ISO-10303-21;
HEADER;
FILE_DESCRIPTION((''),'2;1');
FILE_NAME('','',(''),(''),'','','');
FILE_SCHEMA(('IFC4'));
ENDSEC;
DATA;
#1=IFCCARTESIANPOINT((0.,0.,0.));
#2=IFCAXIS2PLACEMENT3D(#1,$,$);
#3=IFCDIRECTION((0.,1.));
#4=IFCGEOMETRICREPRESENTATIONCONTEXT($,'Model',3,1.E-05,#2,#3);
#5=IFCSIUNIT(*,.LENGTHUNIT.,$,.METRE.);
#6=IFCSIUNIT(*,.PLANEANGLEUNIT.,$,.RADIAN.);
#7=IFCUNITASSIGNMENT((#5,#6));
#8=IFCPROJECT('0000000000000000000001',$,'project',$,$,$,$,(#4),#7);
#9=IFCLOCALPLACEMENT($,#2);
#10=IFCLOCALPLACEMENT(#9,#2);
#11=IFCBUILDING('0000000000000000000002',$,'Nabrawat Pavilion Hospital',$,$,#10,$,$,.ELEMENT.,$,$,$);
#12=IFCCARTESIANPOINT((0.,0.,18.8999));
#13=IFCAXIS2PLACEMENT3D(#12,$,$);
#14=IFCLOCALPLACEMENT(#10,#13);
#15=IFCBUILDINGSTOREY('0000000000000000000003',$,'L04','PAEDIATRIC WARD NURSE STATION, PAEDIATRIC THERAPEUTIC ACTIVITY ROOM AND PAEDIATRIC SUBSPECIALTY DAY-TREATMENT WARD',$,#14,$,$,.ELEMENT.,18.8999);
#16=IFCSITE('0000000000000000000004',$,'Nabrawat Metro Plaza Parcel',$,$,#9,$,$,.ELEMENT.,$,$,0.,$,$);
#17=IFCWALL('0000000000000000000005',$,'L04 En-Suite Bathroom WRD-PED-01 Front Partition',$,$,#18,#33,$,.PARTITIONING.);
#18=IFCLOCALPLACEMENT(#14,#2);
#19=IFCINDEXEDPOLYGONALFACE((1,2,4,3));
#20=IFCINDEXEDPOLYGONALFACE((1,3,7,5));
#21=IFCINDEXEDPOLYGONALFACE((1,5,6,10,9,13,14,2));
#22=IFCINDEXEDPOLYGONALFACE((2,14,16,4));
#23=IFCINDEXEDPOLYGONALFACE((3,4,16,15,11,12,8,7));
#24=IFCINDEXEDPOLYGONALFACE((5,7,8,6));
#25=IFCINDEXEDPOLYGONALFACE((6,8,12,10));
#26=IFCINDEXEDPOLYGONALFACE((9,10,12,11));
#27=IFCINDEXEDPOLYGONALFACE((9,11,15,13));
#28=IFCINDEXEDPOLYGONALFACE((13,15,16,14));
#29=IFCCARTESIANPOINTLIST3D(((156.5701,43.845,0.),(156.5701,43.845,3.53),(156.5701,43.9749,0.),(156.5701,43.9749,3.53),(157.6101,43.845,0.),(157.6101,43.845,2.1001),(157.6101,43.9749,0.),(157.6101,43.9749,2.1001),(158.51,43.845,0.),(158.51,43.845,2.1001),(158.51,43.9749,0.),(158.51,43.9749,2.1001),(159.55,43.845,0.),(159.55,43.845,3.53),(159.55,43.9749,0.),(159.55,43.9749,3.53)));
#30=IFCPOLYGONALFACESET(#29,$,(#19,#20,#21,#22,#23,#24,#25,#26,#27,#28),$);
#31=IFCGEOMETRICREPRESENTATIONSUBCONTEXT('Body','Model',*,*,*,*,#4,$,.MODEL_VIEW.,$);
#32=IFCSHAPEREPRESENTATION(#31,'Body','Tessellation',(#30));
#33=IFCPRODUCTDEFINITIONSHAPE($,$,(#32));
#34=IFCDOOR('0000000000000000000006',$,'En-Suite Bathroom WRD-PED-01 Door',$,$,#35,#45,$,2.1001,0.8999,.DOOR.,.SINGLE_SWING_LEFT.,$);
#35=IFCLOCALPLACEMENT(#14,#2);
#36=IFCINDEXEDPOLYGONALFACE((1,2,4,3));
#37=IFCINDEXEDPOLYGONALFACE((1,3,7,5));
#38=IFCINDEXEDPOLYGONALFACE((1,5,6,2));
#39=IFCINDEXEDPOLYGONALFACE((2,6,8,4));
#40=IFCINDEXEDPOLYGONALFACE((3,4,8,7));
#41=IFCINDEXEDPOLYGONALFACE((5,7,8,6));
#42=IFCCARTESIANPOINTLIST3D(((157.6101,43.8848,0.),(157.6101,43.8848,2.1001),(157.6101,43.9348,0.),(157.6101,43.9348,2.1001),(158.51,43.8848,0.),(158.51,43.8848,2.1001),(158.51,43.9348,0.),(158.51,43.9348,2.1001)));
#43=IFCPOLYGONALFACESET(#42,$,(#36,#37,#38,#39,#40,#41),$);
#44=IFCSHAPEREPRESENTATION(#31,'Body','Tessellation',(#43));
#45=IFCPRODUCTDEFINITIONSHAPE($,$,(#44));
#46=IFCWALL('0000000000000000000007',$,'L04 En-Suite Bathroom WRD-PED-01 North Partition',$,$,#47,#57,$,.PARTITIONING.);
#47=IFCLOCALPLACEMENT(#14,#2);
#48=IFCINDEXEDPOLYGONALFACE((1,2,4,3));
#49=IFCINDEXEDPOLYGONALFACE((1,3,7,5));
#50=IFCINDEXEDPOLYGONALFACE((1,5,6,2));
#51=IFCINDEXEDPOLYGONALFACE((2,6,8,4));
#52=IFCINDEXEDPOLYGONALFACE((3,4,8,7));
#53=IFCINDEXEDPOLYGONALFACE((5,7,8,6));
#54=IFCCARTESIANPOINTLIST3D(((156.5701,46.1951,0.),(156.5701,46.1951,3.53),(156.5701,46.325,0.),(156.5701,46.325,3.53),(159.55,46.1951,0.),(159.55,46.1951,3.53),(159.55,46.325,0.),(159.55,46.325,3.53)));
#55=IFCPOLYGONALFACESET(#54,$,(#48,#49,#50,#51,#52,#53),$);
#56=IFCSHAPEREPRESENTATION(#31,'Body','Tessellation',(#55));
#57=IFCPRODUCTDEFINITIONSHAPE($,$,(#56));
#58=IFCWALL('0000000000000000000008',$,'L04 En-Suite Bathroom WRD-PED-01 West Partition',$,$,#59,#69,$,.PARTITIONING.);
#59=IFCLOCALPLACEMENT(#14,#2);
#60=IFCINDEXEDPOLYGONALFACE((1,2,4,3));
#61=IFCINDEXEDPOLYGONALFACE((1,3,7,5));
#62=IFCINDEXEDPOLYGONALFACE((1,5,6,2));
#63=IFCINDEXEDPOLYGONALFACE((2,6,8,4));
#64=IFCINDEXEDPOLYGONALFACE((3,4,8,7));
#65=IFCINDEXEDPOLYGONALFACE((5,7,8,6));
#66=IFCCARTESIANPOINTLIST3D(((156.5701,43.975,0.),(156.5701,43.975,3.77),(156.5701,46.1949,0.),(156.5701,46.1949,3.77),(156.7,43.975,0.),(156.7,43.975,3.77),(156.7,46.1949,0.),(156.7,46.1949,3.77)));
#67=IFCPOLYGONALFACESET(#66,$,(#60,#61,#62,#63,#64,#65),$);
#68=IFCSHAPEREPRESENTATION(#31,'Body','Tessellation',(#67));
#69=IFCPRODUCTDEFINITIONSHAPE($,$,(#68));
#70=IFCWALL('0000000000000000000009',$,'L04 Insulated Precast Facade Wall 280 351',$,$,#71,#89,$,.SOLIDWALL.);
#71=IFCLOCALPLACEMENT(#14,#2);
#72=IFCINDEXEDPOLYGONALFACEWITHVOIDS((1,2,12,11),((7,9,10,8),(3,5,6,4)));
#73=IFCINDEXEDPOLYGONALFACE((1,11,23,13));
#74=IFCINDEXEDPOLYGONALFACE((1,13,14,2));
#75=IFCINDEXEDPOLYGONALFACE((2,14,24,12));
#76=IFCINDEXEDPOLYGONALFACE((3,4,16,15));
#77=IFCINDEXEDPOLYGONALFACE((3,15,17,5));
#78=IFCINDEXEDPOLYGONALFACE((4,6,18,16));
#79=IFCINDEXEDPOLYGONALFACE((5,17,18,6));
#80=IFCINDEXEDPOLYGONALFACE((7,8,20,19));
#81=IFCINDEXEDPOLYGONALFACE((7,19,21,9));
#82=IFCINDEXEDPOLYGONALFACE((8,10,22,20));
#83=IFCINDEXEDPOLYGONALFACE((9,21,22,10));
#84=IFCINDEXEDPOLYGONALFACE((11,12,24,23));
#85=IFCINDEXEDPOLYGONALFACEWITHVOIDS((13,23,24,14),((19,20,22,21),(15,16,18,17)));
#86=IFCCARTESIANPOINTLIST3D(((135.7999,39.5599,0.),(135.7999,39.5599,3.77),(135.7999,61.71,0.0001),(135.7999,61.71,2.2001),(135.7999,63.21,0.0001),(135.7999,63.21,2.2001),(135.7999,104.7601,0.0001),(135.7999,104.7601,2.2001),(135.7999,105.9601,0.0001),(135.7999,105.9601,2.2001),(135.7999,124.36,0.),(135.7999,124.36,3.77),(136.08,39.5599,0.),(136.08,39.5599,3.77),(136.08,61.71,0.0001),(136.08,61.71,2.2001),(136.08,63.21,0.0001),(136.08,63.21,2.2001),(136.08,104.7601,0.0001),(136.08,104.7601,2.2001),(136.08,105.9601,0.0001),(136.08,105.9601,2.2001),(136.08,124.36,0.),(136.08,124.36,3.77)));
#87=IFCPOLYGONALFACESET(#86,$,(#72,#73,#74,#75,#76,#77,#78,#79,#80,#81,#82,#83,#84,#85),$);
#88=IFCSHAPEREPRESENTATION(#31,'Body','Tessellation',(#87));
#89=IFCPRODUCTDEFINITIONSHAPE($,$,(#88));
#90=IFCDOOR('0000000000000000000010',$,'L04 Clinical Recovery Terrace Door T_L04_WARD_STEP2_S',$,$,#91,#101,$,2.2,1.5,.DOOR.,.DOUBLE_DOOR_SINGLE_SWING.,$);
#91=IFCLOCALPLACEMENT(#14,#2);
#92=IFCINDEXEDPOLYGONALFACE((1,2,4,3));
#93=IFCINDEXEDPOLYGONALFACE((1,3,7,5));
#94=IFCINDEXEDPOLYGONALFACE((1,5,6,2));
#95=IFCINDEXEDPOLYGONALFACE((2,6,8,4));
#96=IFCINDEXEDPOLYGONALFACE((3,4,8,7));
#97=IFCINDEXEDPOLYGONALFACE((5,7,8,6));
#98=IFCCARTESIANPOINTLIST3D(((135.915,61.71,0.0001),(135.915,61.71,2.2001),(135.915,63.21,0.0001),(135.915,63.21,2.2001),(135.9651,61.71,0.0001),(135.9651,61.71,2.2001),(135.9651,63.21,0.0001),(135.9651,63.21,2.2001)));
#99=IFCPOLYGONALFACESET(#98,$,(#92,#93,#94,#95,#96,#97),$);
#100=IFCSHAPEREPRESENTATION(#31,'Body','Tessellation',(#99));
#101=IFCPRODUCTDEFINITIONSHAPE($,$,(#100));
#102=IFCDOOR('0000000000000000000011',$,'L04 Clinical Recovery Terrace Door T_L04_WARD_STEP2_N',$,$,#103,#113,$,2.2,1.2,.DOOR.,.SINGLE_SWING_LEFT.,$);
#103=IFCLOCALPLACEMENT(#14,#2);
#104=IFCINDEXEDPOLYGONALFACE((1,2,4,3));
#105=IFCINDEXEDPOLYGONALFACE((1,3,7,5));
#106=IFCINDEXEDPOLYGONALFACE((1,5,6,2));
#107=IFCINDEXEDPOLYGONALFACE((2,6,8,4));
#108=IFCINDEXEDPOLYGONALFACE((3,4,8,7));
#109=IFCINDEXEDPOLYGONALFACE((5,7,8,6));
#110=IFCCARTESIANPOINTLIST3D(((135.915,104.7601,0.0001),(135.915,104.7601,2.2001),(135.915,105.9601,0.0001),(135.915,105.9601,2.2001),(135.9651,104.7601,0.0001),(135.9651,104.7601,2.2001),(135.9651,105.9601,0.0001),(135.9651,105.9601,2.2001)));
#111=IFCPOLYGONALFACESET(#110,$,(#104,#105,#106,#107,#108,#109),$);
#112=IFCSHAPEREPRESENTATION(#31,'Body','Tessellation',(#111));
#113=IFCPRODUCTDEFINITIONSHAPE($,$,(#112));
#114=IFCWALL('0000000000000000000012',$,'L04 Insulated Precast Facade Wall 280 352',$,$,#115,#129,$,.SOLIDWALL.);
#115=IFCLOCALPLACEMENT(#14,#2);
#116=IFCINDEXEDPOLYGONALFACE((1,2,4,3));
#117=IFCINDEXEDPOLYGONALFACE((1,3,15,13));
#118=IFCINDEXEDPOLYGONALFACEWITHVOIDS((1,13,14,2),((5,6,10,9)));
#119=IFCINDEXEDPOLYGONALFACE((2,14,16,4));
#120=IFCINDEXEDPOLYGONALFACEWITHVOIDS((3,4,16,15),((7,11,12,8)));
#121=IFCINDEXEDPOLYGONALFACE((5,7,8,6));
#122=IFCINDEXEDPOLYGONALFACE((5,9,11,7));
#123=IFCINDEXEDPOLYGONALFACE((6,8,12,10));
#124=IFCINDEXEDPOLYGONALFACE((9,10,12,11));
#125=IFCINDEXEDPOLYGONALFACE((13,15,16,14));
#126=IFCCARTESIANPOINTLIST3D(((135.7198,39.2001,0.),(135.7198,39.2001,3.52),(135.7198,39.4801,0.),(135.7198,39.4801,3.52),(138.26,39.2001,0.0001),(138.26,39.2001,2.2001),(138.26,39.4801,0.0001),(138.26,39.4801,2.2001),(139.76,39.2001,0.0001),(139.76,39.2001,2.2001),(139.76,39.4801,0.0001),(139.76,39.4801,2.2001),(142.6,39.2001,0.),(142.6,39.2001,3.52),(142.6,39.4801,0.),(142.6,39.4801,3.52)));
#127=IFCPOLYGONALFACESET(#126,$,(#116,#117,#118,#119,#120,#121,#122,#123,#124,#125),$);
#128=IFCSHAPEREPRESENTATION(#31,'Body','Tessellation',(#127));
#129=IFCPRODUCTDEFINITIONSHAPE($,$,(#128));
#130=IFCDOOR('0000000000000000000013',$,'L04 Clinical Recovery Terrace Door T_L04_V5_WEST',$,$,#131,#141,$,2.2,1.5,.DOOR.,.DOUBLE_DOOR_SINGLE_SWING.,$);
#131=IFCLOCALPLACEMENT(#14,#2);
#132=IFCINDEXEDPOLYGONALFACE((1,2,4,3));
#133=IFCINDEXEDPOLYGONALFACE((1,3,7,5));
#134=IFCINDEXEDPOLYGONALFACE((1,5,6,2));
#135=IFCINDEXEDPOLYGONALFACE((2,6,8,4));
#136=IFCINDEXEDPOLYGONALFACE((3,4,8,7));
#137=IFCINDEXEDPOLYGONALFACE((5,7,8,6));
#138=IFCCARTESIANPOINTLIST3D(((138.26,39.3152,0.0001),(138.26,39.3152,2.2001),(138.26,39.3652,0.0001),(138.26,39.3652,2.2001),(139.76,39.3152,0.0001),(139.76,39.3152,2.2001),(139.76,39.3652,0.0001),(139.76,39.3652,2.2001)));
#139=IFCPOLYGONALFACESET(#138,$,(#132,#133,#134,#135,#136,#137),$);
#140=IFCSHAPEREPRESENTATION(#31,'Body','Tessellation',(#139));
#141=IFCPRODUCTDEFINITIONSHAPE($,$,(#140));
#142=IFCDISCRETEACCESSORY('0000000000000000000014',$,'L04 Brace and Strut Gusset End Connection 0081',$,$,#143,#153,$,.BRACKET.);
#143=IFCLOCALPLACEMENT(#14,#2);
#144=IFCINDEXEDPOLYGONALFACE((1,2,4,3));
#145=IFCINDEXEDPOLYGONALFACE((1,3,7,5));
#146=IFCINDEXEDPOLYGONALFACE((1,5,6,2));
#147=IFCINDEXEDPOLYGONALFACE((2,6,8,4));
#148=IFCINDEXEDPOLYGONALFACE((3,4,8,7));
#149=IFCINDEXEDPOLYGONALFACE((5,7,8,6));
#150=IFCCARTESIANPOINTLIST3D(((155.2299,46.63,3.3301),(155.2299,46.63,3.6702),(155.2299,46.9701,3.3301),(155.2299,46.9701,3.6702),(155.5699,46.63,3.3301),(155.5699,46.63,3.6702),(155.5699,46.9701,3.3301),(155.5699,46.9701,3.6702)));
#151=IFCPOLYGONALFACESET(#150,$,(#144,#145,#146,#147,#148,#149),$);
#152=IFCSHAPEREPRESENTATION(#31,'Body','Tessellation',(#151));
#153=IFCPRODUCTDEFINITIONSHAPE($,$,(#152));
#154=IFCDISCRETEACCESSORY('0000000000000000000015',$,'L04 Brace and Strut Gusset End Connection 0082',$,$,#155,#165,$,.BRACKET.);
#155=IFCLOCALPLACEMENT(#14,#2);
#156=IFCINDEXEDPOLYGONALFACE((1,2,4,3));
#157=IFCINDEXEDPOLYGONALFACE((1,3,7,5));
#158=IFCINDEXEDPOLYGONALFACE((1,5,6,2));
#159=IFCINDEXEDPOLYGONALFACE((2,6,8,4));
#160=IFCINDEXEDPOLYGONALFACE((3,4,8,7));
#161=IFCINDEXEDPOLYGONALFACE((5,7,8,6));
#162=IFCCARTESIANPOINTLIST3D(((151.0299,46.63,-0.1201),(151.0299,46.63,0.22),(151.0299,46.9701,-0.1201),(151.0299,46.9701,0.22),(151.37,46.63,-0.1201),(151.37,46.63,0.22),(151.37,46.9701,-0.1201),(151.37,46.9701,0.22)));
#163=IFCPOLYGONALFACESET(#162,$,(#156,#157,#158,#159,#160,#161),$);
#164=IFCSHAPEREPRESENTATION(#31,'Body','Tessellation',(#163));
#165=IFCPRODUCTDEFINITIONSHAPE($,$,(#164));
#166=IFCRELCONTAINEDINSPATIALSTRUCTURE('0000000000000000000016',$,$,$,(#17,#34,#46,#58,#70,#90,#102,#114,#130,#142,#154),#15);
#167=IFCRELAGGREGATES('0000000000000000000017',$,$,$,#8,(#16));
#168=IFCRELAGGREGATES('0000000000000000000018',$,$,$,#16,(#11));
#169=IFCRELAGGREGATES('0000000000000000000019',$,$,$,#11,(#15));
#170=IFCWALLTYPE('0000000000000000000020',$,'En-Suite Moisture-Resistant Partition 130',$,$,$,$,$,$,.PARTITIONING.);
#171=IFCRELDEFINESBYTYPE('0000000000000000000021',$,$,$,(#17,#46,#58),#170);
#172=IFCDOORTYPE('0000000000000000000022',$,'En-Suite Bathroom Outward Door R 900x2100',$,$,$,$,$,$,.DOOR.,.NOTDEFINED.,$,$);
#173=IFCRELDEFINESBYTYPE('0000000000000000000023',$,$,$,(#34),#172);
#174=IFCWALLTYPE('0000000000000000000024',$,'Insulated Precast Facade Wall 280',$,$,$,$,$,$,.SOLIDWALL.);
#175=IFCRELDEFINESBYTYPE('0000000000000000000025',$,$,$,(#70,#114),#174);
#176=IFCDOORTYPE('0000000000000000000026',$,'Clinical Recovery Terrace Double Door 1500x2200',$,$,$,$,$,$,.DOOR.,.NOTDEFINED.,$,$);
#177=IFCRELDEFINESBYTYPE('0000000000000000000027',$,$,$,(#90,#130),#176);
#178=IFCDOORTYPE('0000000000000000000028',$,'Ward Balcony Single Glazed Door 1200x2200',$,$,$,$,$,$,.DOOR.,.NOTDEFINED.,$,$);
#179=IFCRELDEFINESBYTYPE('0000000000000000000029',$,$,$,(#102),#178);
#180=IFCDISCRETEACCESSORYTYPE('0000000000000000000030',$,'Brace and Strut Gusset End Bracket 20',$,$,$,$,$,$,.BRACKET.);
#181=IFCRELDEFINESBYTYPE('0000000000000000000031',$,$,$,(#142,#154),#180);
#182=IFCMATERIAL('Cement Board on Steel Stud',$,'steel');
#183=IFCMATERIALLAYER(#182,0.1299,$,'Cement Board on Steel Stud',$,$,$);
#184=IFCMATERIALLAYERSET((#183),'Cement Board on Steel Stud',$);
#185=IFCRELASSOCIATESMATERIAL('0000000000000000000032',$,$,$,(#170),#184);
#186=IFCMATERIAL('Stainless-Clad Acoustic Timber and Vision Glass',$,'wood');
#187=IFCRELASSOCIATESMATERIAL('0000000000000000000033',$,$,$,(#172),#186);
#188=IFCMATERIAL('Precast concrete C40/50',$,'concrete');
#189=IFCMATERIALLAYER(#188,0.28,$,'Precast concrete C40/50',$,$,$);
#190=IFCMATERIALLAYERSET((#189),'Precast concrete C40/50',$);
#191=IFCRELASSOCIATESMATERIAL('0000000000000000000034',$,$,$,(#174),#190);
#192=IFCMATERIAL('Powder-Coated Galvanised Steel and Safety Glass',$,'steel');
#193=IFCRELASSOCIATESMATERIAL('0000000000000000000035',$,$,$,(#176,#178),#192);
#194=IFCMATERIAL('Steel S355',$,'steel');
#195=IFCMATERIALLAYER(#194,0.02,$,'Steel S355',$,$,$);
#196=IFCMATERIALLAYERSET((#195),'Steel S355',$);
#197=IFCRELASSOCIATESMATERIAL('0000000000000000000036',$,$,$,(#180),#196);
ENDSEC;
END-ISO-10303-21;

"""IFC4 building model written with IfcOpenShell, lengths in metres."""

from ifc_helpers import new_model, si_unit, direction, frame, frame_2d, origin, origin_2d, place, context, subcontext, project, spatial, rectangle, extrude, material, layer, layer_set, type_object, element, fill, save


model = new_model("IFC4")

# Units and contexts
model_context = context("Model", 3, precision=1e-05, world=origin(), true_north=direction((0.0, 1.0)))
body_context = subcontext(model_context, "Body", "Model", "MODEL_VIEW")
ifc_project = project(units=[si_unit("LENGTHUNIT", "METRE"), si_unit("PLANEANGLEUNIT", "RADIAN")], contexts=[model_context])

# Site, building, storey
site_placement = place(None, origin())
site = spatial("IfcSite", under=ifc_project, at=site_placement, Name="Nabrawat Metro Plaza Parcel", CompositionType="ELEMENT", RefElevation=0.0)
building_placement = place(site_placement, origin())
building = spatial("IfcBuilding", under=site, at=building_placement, Name="Nabrawat Pavilion Hospital", CompositionType="ELEMENT")
storey_placement = place(building_placement, frame((0.0, 0.0, 18.8999)))
storey = spatial("IfcBuildingStorey", under=building, at=storey_placement, Name="L04", Description="PAEDIATRIC WARD NURSE STATION, PAEDIATRIC THERAPEUTIC ACTIVITY ROOM AND PAEDIATRIC SUBSPECIALTY DAY-TREATMENT WARD", CompositionType="ELEMENT", Elevation=18.8999)

# Shared definitions
ifc_material_1 = material(Name="Steel S355", Category="steel")

# Wall, opening, door
ifc_material_2 = material(Name="Cement Board on Steel Stud", Category="steel")
ifc_layer_1 = layer(ifc_material_2, 0.1299, Name="Cement Board on Steel Stud")
ifc_layer_set_1 = layer_set([ifc_layer_1], Name="Cement Board on Steel Stud")
wall_type_1 = type_object("IfcWallType", Name="En-Suite Moisture-Resistant Partition 130", PredefinedType="PARTITIONING", material=ifc_layer_set_1)
wall_1_placement = place(storey_placement, frame((156.5701, 43.9099, 0.0), z_axis=(0.0, 0.0, 1.0), x_axis=(1.0, 0.0, 0.0)))
wall_1 = element("IfcWall", 1, at=wall_1_placement, inside=storey, type_object=wall_type_1, Name="L04 En-Suite Bathroom WRD-PED-01 Front Partition", PredefinedType="PARTITIONING", context=body_context, shape_type="SweptSolid", body=[
    extrude(rectangle(XDim=2.98, YDim=0.1299, at=frame_2d((1.49, 0.0))), origin(), (0.0, 0.0, 1.0), 3.53),
])
opening_1_placement = place(wall_1_placement, frame((1.04, 0.0, 0.0)))
opening_1 = element("IfcOpeningElement", 2, at=opening_1_placement, cuts=wall_1, PredefinedType="OPENING", context=body_context, shape_type="SweptSolid", body=[
    extrude(rectangle(XDim=0.8999, YDim=2.1001, at=frame_2d((0.45, 1.05))), frame((0.0, 0.075, 0.0), z_axis=(0.0, -1.0, 0.0), x_axis=(1.0, 0.0, 0.0)), (0.0, 0.0, 1.0), 0.1499),
])
ifc_material_3 = material(Name="Stainless-Clad Acoustic Timber and Vision Glass", Category="wood")
door_type_1 = type_object("IfcDoorType", Name="En-Suite Bathroom Outward Door R 900x2100", OperationType="NOTDEFINED", PredefinedType="DOOR", material=ifc_material_3)
door_1_placement = place(opening_1_placement, origin())
door_1 = element("IfcDoor", 3, at=door_1_placement, inside=storey, type_object=door_type_1, Name="En-Suite Bathroom WRD-PED-01 Door", OperationType="SINGLE_SWING_LEFT", OverallHeight=2.1001, OverallWidth=0.8999, PredefinedType="DOOR", context=body_context, shape_type="SweptSolid", body=[
    extrude(rectangle(XDim=0.8999, YDim=2.1001, at=frame_2d((0.45, 1.05))), frame((0.0, 0.0249, 0.0), z_axis=(0.0, -1.0, 0.0), x_axis=(1.0, 0.0, 0.0)), (0.0, 0.0, 1.0), 0.05),
])
fill(opening_1, door_1)

# Walls
wall_2_placement = place(storey_placement, frame((156.5701, 46.26, 0.0), z_axis=(0.0, 0.0, 1.0), x_axis=(1.0, 0.0, 0.0)))
element("IfcWall", 4, at=wall_2_placement, inside=storey, type_object=wall_type_1, Name="L04 En-Suite Bathroom WRD-PED-01 North Partition", PredefinedType="PARTITIONING", context=body_context, shape_type="SweptSolid", body=[
    extrude(rectangle(XDim=2.98, YDim=0.1299, at=frame_2d((1.49, 0.0))), origin(), (0.0, 0.0, 1.0), 3.53),
])
wall_3_placement = place(storey_placement, frame((156.635, 43.9751, 0.0), z_axis=(0.0, 0.0, 1.0), x_axis=(0.0, 1.0, 0.0)))
element("IfcWall", 5, at=wall_3_placement, inside=storey, type_object=wall_type_1, Name="L04 En-Suite Bathroom WRD-PED-01 West Partition", PredefinedType="PARTITIONING", context=body_context, shape_type="SweptSolid", body=[
    extrude(rectangle(XDim=2.22, YDim=0.1299, at=frame_2d((1.1099, 0.0))), origin(), (0.0, 0.0, 1.0), 3.77),
])

# Wall, openings, doors
ifc_material_4 = material(Name="Precast concrete C40/50", Category="concrete")
ifc_layer_2 = layer(ifc_material_4, 0.28, Name="Precast concrete C40/50")
ifc_layer_set_2 = layer_set([ifc_layer_2], Name="Precast concrete C40/50")
wall_type_2 = type_object("IfcWallType", Name="Insulated Precast Facade Wall 280", PredefinedType="SOLIDWALL", material=ifc_layer_set_2)
wall_4_placement = place(storey_placement, frame((135.9399, 39.5601, 0.0), z_axis=(0.0, 0.0, 1.0), x_axis=(0.0, 1.0, 0.0)))
wall_4 = element("IfcWall", 6, at=wall_4_placement, inside=storey, type_object=wall_type_2, Name="L04 Insulated Precast Facade Wall 280 351", PredefinedType="SOLIDWALL", context=body_context, shape_type="SweptSolid", body=[
    extrude(rectangle(XDim=84.8, YDim=0.28, at=frame_2d((42.3999, 0.0))), origin(), (0.0, 0.0, 1.0), 3.77),
])
opening_2_placement = place(wall_4_placement, frame((22.1499, 0.0, 0.0)))
opening_2 = element("IfcOpeningElement", 7, at=opening_2_placement, cuts=wall_4, PredefinedType="OPENING", context=body_context, shape_type="SweptSolid", body=[
    extrude(rectangle(XDim=1.5, YDim=2.2, at=frame_2d((0.75, 1.1001))), frame((0.0, 0.1499, 0.0), z_axis=(0.0, -1.0, 0.0), x_axis=(1.0, 0.0, 0.0)), (0.0, 0.0, 1.0), 0.3),
])
opening_3_placement = place(wall_4_placement, frame((65.2, 0.0, 0.0)))
opening_3 = element("IfcOpeningElement", 8, at=opening_3_placement, cuts=wall_4, PredefinedType="OPENING", context=body_context, shape_type="SweptSolid", body=[
    extrude(rectangle(XDim=1.2, YDim=2.2, at=frame_2d((0.6001, 1.1001))), frame((0.0, 0.1499, 0.0), z_axis=(0.0, -1.0, 0.0), x_axis=(1.0, 0.0, 0.0)), (0.0, 0.0, 1.0), 0.3),
])
ifc_material_5 = material(Name="Powder-Coated Galvanised Steel and Safety Glass", Category="steel")
door_type_2 = type_object("IfcDoorType", Name="Clinical Recovery Terrace Double Door 1500x2200", OperationType="NOTDEFINED", PredefinedType="DOOR", material=ifc_material_5)
door_2_placement = place(opening_2_placement, origin())
door_2 = element("IfcDoor", 9, at=door_2_placement, inside=storey, type_object=door_type_2, Name="L04 Clinical Recovery Terrace Door T_L04_WARD_STEP2_S", OperationType="DOUBLE_DOOR_SINGLE_SWING", OverallHeight=2.2, OverallWidth=1.5, PredefinedType="DOOR", context=body_context, shape_type="SweptSolid", body=[
    extrude(rectangle(XDim=1.5, YDim=2.2, at=frame_2d((0.75, 1.1001))), frame((0.0, 0.0249, 0.0), z_axis=(0.0, -1.0, 0.0), x_axis=(1.0, 0.0, 0.0)), (0.0, 0.0, 1.0), 0.05),
])
fill(opening_2, door_2)
door_type_3 = type_object("IfcDoorType", Name="Ward Balcony Single Glazed Door 1200x2200", OperationType="NOTDEFINED", PredefinedType="DOOR", material=ifc_material_5)
door_3_placement = place(opening_3_placement, origin())
door_3 = element("IfcDoor", 10, at=door_3_placement, inside=storey, type_object=door_type_3, Name="L04 Clinical Recovery Terrace Door T_L04_WARD_STEP2_N", OperationType="SINGLE_SWING_LEFT", OverallHeight=2.2, OverallWidth=1.2, PredefinedType="DOOR", context=body_context, shape_type="SweptSolid", body=[
    extrude(rectangle(XDim=1.2, YDim=2.2, at=frame_2d((0.6001, 1.1001))), frame((0.0, 0.0249, 0.0), z_axis=(0.0, -1.0, 0.0), x_axis=(1.0, 0.0, 0.0)), (0.0, 0.0, 1.0), 0.05),
])
fill(opening_3, door_3)

# Wall, opening, door
wall_5_placement = place(storey_placement, frame((135.72, 39.3401, 0.0), z_axis=(0.0, 0.0, 1.0), x_axis=(1.0, 0.0, 0.0)))
wall_5 = element("IfcWall", 11, at=wall_5_placement, inside=storey, type_object=wall_type_2, Name="L04 Insulated Precast Facade Wall 280 352", PredefinedType="SOLIDWALL", context=body_context, shape_type="SweptSolid", body=[
    extrude(rectangle(XDim=6.8801, YDim=0.28, at=frame_2d((3.4399, 0.0))), origin(), (0.0, 0.0, 1.0), 3.52),
])
opening_4_placement = place(wall_5_placement, frame((2.54, 0.0, 0.0)))
opening_4 = element("IfcOpeningElement", 12, at=opening_4_placement, cuts=wall_5, PredefinedType="OPENING", context=body_context, shape_type="SweptSolid", body=[
    extrude(rectangle(XDim=1.5, YDim=2.2, at=frame_2d((0.75, 1.1001))), frame((0.0, 0.1499, 0.0), z_axis=(0.0, -1.0, 0.0), x_axis=(1.0, 0.0, 0.0)), (0.0, 0.0, 1.0), 0.3),
])
door_4_placement = place(opening_4_placement, frame((1.5, 0.0, 0.0), z_axis=(0.0, 0.0, 1.0), x_axis=(-1.0, 0.0, 0.0)))
door_4 = element("IfcDoor", 13, at=door_4_placement, inside=storey, type_object=door_type_2, Name="L04 Clinical Recovery Terrace Door T_L04_V5_WEST", OperationType="DOUBLE_DOOR_SINGLE_SWING", OverallHeight=2.2, OverallWidth=1.5, PredefinedType="DOOR", context=body_context, shape_type="SweptSolid", body=[
    extrude(rectangle(XDim=1.5, YDim=2.2, at=frame_2d((0.75, 1.1001))), frame((0.0, 0.0249, 0.0), z_axis=(0.0, -1.0, 0.0), x_axis=(1.0, 0.0, 0.0)), (0.0, 0.0, 1.0), 0.05),
])
fill(opening_4, door_4)

# Discrete accessories
ifc_layer_3 = layer(ifc_material_1, 0.02, Name="Steel S355")
ifc_layer_set_3 = layer_set([ifc_layer_3], Name="Steel S355")
discrete_accessory_type = type_object("IfcDiscreteAccessoryType", Name="Brace and Strut Gusset End Bracket 20", PredefinedType="BRACKET", material=ifc_layer_set_3)
for number, where, z_axis, x_axis, name in (
    (14, (155.3999, 46.8, 3.3301), (0.0, 0.0, 1.0), (1.0, 0.0, 0.0), "L04 Brace and Strut Gusset End Connection 0081"),
    (15, (151.2, 46.8, -0.1201), (0.0, 0.0, 1.0), (1.0, 0.0, 0.0), "L04 Brace and Strut Gusset End Connection 0082"),
):
    element("IfcDiscreteAccessory", number, at=place(storey_placement, frame(where, z_axis=z_axis, x_axis=x_axis)), inside=storey, type_object=discrete_accessory_type, Name=name, PredefinedType="BRACKET", context=body_context, shape_type="SweptSolid", body=[
        extrude(rectangle(XDim=0.3401, YDim=0.3401, at=origin_2d()), origin(), (0.0, 0.0, 1.0), 0.3401),
    ])

save(model, "model.ifc")
